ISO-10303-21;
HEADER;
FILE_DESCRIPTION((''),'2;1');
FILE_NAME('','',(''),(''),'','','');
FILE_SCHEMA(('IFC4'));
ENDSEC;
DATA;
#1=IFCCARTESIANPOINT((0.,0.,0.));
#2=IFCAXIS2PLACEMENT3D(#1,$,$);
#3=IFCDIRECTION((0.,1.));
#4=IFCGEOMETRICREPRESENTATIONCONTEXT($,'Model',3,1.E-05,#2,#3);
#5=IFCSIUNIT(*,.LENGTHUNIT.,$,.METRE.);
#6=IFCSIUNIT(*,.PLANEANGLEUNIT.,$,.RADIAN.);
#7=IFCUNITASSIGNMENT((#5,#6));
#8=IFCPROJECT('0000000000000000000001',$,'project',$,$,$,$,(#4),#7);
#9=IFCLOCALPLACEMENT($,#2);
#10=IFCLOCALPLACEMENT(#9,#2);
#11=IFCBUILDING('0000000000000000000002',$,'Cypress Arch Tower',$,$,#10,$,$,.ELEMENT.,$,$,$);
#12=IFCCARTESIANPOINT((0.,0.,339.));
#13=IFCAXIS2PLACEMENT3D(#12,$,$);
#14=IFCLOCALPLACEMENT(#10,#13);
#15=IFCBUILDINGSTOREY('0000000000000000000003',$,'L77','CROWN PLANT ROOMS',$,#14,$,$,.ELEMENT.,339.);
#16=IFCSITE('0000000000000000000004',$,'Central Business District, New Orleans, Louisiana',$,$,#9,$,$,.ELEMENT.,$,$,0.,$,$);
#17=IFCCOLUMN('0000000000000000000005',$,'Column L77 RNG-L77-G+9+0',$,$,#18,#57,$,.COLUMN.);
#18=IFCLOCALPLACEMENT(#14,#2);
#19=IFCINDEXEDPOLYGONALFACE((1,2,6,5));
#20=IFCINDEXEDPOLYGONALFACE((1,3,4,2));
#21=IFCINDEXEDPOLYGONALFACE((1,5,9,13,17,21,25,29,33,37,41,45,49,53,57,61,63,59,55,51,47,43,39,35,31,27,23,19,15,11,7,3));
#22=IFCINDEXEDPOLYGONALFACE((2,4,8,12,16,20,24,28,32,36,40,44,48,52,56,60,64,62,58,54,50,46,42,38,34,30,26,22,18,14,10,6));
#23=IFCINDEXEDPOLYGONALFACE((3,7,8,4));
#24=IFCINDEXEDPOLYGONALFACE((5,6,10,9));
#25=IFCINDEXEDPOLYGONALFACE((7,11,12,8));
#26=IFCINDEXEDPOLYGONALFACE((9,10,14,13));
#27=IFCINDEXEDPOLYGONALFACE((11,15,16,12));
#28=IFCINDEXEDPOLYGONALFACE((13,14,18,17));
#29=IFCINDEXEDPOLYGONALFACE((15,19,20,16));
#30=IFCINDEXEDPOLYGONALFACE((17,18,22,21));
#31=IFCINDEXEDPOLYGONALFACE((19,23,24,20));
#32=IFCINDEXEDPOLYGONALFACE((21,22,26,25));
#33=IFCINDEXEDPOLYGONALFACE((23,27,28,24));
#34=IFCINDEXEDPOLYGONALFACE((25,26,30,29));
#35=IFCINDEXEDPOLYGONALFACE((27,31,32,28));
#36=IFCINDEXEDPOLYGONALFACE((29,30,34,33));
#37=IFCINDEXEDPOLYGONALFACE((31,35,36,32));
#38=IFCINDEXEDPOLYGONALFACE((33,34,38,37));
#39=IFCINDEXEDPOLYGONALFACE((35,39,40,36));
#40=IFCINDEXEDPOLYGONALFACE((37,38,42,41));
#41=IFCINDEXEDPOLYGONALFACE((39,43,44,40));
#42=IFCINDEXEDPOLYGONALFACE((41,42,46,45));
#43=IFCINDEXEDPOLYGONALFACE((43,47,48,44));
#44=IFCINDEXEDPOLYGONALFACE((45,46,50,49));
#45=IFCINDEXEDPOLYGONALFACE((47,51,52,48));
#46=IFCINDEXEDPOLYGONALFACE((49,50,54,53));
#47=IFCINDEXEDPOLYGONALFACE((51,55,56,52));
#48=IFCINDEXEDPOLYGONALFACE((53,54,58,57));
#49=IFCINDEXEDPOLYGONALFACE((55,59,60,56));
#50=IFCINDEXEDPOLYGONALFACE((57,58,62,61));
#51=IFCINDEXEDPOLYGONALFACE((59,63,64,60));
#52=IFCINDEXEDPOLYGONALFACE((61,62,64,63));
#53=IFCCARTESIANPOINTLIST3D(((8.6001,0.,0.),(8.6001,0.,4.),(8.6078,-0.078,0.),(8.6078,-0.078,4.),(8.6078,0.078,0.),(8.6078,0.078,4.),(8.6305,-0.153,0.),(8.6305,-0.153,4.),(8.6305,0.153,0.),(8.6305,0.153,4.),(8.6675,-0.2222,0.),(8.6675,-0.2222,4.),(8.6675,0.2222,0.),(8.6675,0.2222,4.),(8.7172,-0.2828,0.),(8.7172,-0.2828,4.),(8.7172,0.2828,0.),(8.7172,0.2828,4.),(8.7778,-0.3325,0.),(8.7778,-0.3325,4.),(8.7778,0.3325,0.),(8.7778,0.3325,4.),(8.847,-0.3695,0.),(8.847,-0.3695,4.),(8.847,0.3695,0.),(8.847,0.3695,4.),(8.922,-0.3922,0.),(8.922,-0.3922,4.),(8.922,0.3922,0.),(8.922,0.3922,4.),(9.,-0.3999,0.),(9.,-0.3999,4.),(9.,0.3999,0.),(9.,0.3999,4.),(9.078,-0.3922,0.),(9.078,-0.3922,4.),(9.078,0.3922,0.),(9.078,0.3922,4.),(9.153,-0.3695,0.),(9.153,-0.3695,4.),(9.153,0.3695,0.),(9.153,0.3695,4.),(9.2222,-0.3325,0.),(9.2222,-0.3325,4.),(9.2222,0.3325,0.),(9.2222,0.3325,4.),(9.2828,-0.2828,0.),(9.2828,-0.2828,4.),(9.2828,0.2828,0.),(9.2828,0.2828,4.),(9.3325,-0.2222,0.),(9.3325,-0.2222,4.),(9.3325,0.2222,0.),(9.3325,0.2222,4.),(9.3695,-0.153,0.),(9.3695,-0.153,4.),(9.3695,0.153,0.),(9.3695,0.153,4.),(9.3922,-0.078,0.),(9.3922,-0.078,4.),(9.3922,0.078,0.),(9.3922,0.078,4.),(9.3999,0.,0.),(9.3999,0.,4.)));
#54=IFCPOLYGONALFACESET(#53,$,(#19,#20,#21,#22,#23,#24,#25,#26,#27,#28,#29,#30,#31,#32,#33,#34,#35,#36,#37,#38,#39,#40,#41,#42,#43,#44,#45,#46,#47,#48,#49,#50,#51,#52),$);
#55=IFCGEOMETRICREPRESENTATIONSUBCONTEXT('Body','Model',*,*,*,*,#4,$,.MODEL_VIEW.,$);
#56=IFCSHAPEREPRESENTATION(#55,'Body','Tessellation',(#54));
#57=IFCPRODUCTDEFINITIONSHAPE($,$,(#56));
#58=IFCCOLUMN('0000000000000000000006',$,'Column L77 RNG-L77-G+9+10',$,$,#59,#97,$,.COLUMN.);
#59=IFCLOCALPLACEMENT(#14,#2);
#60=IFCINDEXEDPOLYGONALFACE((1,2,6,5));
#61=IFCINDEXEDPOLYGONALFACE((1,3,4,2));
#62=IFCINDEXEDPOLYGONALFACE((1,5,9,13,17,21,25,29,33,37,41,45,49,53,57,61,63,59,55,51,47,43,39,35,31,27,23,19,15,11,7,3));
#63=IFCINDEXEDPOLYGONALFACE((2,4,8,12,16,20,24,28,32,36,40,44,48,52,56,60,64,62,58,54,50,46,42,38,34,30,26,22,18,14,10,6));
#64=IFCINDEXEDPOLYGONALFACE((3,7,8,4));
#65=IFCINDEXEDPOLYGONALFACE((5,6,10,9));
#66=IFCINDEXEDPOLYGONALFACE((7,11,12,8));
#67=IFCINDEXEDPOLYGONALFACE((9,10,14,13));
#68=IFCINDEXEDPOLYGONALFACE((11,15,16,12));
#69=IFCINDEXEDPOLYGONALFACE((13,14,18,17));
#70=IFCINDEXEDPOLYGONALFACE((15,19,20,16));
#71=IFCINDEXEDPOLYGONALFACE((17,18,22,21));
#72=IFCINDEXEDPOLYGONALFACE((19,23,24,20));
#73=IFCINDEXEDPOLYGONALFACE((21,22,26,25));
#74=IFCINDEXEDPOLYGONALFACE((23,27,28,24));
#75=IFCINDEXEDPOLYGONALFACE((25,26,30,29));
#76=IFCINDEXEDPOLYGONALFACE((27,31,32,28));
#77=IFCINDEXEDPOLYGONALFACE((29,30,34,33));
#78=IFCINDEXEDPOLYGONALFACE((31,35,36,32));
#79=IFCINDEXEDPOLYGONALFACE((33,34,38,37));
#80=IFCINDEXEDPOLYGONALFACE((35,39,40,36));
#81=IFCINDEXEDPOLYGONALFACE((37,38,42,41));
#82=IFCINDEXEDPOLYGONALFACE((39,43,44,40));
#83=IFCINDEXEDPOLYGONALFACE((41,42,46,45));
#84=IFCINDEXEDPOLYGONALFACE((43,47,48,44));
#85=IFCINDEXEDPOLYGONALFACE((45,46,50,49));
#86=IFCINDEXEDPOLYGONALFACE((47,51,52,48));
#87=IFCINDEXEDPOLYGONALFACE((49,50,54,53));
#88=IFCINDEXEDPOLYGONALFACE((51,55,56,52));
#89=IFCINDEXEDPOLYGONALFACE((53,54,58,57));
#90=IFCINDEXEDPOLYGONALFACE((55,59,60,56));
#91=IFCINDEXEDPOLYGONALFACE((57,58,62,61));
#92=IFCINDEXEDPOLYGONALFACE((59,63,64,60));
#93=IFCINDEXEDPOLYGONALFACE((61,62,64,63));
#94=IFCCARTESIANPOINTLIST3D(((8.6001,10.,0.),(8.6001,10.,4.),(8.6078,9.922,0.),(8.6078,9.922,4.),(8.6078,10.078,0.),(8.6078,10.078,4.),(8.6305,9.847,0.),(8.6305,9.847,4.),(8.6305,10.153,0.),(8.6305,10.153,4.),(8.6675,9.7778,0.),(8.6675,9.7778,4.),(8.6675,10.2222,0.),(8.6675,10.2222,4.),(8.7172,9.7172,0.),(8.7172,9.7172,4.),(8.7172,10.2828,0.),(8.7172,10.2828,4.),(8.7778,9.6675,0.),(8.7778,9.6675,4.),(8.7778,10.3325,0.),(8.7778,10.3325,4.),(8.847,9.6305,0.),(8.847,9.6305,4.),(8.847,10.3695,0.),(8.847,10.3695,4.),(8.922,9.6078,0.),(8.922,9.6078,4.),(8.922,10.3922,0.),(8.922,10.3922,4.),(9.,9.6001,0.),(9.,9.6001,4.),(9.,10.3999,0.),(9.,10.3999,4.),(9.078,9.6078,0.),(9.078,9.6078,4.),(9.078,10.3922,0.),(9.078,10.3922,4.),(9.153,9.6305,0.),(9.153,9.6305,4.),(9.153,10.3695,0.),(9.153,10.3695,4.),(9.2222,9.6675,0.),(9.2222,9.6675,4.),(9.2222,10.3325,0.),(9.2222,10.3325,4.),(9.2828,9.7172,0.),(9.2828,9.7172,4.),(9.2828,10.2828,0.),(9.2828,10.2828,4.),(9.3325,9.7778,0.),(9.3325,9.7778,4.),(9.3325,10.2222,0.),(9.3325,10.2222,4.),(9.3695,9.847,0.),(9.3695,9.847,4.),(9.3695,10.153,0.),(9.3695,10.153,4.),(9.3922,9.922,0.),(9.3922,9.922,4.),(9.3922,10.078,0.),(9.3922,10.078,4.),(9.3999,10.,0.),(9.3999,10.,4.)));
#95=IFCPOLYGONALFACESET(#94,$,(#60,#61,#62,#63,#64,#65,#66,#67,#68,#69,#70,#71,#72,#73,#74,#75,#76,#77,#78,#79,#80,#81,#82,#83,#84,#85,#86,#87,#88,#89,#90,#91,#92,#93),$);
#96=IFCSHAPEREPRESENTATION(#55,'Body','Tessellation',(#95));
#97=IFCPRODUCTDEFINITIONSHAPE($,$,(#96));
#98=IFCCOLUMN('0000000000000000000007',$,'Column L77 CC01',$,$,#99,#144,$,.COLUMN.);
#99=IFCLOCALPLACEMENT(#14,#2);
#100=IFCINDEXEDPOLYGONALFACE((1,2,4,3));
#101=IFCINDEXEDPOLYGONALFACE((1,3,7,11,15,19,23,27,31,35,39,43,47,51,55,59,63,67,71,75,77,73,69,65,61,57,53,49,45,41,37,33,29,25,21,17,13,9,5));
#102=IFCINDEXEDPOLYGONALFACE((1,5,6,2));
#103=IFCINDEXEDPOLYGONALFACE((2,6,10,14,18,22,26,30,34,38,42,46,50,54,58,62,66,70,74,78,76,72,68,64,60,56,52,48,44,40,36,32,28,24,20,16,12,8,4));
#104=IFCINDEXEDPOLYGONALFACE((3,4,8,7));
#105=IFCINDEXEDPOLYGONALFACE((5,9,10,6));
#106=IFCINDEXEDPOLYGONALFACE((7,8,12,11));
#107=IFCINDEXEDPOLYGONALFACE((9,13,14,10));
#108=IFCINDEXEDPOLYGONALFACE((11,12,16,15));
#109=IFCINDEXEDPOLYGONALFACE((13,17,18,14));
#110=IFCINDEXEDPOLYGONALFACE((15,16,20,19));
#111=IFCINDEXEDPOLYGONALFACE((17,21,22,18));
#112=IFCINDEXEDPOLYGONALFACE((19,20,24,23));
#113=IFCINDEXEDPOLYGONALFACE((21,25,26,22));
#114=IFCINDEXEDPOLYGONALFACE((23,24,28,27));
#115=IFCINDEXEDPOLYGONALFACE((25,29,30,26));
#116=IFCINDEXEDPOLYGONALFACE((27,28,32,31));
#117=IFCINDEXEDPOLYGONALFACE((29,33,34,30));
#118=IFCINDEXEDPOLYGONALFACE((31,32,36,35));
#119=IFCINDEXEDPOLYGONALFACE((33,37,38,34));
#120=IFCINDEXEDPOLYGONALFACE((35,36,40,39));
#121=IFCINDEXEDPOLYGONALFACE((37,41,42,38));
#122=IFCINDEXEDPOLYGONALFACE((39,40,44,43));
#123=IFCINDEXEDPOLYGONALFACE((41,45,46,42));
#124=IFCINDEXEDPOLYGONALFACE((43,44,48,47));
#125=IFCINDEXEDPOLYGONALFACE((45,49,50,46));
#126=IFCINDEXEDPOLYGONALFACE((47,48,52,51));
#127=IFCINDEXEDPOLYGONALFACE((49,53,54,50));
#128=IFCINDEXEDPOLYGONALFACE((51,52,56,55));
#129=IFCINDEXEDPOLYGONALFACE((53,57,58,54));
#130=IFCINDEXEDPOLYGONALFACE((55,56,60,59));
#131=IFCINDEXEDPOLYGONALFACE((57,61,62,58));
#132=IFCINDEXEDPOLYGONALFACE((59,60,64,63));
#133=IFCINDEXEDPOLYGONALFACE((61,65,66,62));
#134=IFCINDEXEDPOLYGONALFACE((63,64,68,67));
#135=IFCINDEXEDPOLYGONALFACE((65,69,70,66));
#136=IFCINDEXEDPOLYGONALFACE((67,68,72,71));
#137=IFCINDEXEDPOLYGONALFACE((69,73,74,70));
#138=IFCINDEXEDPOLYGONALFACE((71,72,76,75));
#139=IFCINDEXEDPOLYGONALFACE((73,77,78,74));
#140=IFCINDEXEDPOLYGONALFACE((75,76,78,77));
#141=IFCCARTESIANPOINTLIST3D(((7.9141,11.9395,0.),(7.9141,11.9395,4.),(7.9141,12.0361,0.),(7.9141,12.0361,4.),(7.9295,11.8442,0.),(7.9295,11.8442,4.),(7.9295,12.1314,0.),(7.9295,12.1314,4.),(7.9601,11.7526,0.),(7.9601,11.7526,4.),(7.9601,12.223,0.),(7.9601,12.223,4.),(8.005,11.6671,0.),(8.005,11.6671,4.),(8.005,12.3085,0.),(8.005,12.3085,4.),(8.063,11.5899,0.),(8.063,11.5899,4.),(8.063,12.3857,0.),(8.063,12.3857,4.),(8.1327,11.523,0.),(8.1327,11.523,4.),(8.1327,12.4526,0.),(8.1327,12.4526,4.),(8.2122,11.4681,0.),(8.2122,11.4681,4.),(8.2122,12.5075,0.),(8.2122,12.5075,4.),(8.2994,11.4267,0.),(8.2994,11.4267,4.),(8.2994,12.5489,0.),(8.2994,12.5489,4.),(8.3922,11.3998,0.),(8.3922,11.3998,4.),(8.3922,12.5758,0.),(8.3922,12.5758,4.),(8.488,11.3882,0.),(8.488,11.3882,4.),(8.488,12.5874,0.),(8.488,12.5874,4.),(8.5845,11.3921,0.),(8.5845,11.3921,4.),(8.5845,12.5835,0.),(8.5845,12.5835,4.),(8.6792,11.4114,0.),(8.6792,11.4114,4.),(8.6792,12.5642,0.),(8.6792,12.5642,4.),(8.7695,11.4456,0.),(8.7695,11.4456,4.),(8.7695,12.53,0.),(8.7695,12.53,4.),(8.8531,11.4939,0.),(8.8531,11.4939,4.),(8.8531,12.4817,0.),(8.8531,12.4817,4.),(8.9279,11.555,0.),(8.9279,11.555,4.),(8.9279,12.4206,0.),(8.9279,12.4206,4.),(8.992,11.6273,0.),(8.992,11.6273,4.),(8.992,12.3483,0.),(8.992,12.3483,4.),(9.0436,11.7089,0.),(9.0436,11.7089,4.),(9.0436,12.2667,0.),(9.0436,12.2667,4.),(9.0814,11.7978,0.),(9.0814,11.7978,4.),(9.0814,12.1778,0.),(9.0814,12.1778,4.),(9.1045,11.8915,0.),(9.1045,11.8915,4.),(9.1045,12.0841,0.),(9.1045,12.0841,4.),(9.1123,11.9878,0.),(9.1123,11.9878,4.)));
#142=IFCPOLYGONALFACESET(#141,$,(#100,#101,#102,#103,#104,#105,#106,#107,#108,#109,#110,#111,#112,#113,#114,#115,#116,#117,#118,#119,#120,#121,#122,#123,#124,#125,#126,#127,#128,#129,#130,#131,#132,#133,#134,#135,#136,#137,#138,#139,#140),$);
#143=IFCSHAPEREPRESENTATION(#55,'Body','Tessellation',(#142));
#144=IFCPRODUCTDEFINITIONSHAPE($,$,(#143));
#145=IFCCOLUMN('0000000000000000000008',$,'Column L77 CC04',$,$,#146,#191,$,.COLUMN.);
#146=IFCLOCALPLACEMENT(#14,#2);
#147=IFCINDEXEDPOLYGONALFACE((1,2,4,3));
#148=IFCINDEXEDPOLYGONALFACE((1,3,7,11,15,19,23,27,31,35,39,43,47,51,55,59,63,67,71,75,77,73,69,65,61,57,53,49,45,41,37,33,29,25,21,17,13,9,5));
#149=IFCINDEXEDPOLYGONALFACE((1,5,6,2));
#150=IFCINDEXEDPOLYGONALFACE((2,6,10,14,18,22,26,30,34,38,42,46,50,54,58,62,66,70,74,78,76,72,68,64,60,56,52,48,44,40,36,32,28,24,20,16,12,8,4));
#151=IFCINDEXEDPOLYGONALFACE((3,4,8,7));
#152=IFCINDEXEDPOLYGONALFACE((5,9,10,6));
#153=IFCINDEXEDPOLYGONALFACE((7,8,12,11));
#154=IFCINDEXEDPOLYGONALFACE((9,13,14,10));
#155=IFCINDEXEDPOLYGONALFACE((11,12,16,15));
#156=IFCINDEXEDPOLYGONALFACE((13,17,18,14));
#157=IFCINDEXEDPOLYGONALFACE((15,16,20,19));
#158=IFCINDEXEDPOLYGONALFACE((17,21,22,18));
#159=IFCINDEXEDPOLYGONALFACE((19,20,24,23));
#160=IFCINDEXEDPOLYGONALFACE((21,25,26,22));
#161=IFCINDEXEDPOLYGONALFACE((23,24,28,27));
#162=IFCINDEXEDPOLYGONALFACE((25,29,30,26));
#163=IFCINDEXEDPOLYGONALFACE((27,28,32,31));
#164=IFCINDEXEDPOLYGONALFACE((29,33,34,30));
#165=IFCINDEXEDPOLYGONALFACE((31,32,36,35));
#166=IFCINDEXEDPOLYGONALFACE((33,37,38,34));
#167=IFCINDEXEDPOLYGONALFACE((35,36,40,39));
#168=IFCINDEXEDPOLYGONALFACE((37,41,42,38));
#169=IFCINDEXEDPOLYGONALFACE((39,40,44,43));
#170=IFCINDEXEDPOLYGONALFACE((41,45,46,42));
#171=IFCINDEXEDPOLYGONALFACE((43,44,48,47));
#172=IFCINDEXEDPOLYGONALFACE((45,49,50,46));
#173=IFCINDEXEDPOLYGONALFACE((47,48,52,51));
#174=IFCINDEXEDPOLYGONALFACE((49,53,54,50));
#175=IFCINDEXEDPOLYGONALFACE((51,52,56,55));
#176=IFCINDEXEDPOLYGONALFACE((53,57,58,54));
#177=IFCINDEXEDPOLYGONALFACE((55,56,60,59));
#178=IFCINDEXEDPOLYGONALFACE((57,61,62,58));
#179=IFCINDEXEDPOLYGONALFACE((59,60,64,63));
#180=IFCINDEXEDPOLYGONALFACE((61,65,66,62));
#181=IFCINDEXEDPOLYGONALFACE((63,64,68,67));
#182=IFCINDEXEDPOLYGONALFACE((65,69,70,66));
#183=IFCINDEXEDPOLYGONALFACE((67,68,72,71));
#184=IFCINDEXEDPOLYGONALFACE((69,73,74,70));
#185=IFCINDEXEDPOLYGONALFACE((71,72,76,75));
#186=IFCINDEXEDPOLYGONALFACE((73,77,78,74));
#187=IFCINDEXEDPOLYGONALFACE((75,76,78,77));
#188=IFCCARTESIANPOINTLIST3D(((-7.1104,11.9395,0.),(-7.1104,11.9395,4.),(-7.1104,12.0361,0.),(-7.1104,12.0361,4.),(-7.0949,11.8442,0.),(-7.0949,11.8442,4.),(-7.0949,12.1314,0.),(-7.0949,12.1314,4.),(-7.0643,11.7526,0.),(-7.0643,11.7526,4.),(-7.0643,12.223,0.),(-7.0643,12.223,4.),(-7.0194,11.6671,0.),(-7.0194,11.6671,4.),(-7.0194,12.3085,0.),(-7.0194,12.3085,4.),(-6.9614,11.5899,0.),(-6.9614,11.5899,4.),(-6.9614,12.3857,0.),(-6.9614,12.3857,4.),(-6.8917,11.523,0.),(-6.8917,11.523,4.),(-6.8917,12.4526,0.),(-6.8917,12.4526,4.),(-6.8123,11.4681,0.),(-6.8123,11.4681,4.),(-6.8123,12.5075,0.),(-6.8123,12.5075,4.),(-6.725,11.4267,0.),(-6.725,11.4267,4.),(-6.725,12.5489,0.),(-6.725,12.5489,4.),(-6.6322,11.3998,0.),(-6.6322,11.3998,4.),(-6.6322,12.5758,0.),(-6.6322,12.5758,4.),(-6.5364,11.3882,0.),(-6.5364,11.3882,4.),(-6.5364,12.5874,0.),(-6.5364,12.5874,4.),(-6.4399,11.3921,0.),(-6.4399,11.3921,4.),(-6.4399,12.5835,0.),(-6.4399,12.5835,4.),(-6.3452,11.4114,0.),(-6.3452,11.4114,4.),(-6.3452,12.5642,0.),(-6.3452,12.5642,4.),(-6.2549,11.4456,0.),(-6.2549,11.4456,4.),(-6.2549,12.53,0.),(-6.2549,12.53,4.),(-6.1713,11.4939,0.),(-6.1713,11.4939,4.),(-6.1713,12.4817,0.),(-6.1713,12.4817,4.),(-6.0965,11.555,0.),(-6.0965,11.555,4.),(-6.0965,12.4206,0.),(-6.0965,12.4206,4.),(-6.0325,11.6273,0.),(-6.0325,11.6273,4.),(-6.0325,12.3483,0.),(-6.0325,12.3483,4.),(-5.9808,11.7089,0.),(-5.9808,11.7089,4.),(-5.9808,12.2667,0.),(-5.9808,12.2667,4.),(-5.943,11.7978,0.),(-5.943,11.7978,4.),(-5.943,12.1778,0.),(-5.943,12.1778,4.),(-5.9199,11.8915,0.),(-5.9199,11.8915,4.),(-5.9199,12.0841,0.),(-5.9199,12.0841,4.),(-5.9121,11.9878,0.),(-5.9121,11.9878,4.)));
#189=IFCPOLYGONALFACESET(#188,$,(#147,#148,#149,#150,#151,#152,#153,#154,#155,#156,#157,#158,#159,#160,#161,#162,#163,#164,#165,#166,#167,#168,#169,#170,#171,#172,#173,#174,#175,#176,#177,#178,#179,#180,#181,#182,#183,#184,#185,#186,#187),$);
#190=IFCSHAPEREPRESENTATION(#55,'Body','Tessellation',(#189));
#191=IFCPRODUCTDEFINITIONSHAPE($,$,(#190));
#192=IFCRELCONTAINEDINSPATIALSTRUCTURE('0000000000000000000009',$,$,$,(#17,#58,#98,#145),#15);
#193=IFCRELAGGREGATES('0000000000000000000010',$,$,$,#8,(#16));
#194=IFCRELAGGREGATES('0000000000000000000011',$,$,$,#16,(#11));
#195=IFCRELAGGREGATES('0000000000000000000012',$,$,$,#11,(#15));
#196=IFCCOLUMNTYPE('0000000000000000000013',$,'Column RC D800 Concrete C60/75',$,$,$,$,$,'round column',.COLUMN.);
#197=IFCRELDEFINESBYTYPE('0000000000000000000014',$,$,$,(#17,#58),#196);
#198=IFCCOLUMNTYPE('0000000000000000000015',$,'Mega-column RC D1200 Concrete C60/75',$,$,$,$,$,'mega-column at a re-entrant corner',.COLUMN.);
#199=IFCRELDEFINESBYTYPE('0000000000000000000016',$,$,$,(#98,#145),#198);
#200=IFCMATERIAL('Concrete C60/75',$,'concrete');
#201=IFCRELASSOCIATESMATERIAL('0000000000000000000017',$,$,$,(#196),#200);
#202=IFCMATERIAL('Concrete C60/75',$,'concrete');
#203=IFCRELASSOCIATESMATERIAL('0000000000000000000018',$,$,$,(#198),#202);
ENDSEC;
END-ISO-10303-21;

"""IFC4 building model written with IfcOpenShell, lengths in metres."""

from ifc_helpers import new_model, si_unit, direction, frame, origin, origin_2d, place, context, subcontext, project, spatial, circle, extrude, material, material_profile, profile_set, type_object, element, save


model = new_model("IFC4")

# Units and contexts
model_context = context("Model", 3, precision=1e-05, world=origin(), true_north=direction((0.0, 1.0)))
body_context = subcontext(model_context, "Body", "Model", "MODEL_VIEW")
ifc_project = project(units=[si_unit("LENGTHUNIT", "METRE"), si_unit("PLANEANGLEUNIT", "RADIAN")], contexts=[model_context])

# Site, building, storey
site_placement = place(None, origin())
site = spatial("IfcSite", under=ifc_project, at=site_placement, Name="Central Business District, New Orleans, Louisiana", CompositionType="ELEMENT", RefElevation=0.0)
building_placement = place(site_placement, origin())
building = spatial("IfcBuilding", under=site, at=building_placement, Name="Cypress Arch Tower", CompositionType="ELEMENT")
storey_placement = place(building_placement, frame((0.0, 0.0, 339.0)))
storey = spatial("IfcBuildingStorey", under=building, at=storey_placement, Name="L77", Description="CROWN PLANT ROOMS", CompositionType="ELEMENT", Elevation=339.0)

# Columns
ifc_material_1 = material(Name="Concrete C60/75", Category="concrete")
ifc_material_profile_1 = material_profile(ifc_material_1, circle(Radius=0.3999, at=origin_2d()), Name="RC D800")
ifc_profile_set_1 = profile_set([ifc_material_profile_1], Name="Concrete C60/75")
column_type_1 = type_object("IfcColumnType", Name="Column RC D800 Concrete C60/75", ElementType="round column", PredefinedType="COLUMN", material=ifc_profile_set_1)
for number, where, z_axis, x_axis, name in (
    (1, (9.0, 0.0, 0.0), (0.0, 0.0, 1.0), (1.0, 0.0, 0.0), "Column L77 RNG-L77-G+9+0"),
    (2, (9.0, 10.0, 0.0), (0.0, 0.0, 1.0), (1.0, 0.0, 0.0), "Column L77 RNG-L77-G+9+10"),
):
    element("IfcColumn", number, at=place(storey_placement, frame(where, z_axis=z_axis, x_axis=x_axis)), inside=storey, type_object=column_type_1, Name=name, PredefinedType="COLUMN", context=body_context, shape_type="SweptSolid", body=[
        extrude(circle(Radius=0.3999, at=origin_2d()), origin(), (0.0, 0.0, 1.0), 4.0),
    ])
ifc_material_2 = material(Name="Concrete C60/75", Category="concrete")
ifc_material_profile_2 = material_profile(ifc_material_2, circle(Radius=0.6001, at=origin_2d()), Name="RC D1200")
ifc_profile_set_2 = profile_set([ifc_material_profile_2], Name="Concrete C60/75")
column_type_2 = type_object("IfcColumnType", Name="Mega-column RC D1200 Concrete C60/75", ElementType="mega-column at a re-entrant corner", PredefinedType="COLUMN", material=ifc_profile_set_2)
for number, where, z_axis, x_axis, name in (
    (3, (8.5122, 11.9878, 0.0), (0.0, 0.0, 1.0), (1.0, 0.0, 0.0), "Column L77 CC01"),
    (4, (-6.5122, 11.9878, 0.0), (0.0, 0.0, 1.0), (1.0, 0.0, 0.0), "Column L77 CC04"),
):
    element("IfcColumn", number, at=place(storey_placement, frame(where, z_axis=z_axis, x_axis=x_axis)), inside=storey, type_object=column_type_2, Name=name, PredefinedType="COLUMN", context=body_context, shape_type="SweptSolid", body=[
        extrude(circle(Radius=0.6001, at=origin_2d()), origin(), (0.0, 0.0, 1.0), 4.0),
    ])

save(model, "model.ifc")
